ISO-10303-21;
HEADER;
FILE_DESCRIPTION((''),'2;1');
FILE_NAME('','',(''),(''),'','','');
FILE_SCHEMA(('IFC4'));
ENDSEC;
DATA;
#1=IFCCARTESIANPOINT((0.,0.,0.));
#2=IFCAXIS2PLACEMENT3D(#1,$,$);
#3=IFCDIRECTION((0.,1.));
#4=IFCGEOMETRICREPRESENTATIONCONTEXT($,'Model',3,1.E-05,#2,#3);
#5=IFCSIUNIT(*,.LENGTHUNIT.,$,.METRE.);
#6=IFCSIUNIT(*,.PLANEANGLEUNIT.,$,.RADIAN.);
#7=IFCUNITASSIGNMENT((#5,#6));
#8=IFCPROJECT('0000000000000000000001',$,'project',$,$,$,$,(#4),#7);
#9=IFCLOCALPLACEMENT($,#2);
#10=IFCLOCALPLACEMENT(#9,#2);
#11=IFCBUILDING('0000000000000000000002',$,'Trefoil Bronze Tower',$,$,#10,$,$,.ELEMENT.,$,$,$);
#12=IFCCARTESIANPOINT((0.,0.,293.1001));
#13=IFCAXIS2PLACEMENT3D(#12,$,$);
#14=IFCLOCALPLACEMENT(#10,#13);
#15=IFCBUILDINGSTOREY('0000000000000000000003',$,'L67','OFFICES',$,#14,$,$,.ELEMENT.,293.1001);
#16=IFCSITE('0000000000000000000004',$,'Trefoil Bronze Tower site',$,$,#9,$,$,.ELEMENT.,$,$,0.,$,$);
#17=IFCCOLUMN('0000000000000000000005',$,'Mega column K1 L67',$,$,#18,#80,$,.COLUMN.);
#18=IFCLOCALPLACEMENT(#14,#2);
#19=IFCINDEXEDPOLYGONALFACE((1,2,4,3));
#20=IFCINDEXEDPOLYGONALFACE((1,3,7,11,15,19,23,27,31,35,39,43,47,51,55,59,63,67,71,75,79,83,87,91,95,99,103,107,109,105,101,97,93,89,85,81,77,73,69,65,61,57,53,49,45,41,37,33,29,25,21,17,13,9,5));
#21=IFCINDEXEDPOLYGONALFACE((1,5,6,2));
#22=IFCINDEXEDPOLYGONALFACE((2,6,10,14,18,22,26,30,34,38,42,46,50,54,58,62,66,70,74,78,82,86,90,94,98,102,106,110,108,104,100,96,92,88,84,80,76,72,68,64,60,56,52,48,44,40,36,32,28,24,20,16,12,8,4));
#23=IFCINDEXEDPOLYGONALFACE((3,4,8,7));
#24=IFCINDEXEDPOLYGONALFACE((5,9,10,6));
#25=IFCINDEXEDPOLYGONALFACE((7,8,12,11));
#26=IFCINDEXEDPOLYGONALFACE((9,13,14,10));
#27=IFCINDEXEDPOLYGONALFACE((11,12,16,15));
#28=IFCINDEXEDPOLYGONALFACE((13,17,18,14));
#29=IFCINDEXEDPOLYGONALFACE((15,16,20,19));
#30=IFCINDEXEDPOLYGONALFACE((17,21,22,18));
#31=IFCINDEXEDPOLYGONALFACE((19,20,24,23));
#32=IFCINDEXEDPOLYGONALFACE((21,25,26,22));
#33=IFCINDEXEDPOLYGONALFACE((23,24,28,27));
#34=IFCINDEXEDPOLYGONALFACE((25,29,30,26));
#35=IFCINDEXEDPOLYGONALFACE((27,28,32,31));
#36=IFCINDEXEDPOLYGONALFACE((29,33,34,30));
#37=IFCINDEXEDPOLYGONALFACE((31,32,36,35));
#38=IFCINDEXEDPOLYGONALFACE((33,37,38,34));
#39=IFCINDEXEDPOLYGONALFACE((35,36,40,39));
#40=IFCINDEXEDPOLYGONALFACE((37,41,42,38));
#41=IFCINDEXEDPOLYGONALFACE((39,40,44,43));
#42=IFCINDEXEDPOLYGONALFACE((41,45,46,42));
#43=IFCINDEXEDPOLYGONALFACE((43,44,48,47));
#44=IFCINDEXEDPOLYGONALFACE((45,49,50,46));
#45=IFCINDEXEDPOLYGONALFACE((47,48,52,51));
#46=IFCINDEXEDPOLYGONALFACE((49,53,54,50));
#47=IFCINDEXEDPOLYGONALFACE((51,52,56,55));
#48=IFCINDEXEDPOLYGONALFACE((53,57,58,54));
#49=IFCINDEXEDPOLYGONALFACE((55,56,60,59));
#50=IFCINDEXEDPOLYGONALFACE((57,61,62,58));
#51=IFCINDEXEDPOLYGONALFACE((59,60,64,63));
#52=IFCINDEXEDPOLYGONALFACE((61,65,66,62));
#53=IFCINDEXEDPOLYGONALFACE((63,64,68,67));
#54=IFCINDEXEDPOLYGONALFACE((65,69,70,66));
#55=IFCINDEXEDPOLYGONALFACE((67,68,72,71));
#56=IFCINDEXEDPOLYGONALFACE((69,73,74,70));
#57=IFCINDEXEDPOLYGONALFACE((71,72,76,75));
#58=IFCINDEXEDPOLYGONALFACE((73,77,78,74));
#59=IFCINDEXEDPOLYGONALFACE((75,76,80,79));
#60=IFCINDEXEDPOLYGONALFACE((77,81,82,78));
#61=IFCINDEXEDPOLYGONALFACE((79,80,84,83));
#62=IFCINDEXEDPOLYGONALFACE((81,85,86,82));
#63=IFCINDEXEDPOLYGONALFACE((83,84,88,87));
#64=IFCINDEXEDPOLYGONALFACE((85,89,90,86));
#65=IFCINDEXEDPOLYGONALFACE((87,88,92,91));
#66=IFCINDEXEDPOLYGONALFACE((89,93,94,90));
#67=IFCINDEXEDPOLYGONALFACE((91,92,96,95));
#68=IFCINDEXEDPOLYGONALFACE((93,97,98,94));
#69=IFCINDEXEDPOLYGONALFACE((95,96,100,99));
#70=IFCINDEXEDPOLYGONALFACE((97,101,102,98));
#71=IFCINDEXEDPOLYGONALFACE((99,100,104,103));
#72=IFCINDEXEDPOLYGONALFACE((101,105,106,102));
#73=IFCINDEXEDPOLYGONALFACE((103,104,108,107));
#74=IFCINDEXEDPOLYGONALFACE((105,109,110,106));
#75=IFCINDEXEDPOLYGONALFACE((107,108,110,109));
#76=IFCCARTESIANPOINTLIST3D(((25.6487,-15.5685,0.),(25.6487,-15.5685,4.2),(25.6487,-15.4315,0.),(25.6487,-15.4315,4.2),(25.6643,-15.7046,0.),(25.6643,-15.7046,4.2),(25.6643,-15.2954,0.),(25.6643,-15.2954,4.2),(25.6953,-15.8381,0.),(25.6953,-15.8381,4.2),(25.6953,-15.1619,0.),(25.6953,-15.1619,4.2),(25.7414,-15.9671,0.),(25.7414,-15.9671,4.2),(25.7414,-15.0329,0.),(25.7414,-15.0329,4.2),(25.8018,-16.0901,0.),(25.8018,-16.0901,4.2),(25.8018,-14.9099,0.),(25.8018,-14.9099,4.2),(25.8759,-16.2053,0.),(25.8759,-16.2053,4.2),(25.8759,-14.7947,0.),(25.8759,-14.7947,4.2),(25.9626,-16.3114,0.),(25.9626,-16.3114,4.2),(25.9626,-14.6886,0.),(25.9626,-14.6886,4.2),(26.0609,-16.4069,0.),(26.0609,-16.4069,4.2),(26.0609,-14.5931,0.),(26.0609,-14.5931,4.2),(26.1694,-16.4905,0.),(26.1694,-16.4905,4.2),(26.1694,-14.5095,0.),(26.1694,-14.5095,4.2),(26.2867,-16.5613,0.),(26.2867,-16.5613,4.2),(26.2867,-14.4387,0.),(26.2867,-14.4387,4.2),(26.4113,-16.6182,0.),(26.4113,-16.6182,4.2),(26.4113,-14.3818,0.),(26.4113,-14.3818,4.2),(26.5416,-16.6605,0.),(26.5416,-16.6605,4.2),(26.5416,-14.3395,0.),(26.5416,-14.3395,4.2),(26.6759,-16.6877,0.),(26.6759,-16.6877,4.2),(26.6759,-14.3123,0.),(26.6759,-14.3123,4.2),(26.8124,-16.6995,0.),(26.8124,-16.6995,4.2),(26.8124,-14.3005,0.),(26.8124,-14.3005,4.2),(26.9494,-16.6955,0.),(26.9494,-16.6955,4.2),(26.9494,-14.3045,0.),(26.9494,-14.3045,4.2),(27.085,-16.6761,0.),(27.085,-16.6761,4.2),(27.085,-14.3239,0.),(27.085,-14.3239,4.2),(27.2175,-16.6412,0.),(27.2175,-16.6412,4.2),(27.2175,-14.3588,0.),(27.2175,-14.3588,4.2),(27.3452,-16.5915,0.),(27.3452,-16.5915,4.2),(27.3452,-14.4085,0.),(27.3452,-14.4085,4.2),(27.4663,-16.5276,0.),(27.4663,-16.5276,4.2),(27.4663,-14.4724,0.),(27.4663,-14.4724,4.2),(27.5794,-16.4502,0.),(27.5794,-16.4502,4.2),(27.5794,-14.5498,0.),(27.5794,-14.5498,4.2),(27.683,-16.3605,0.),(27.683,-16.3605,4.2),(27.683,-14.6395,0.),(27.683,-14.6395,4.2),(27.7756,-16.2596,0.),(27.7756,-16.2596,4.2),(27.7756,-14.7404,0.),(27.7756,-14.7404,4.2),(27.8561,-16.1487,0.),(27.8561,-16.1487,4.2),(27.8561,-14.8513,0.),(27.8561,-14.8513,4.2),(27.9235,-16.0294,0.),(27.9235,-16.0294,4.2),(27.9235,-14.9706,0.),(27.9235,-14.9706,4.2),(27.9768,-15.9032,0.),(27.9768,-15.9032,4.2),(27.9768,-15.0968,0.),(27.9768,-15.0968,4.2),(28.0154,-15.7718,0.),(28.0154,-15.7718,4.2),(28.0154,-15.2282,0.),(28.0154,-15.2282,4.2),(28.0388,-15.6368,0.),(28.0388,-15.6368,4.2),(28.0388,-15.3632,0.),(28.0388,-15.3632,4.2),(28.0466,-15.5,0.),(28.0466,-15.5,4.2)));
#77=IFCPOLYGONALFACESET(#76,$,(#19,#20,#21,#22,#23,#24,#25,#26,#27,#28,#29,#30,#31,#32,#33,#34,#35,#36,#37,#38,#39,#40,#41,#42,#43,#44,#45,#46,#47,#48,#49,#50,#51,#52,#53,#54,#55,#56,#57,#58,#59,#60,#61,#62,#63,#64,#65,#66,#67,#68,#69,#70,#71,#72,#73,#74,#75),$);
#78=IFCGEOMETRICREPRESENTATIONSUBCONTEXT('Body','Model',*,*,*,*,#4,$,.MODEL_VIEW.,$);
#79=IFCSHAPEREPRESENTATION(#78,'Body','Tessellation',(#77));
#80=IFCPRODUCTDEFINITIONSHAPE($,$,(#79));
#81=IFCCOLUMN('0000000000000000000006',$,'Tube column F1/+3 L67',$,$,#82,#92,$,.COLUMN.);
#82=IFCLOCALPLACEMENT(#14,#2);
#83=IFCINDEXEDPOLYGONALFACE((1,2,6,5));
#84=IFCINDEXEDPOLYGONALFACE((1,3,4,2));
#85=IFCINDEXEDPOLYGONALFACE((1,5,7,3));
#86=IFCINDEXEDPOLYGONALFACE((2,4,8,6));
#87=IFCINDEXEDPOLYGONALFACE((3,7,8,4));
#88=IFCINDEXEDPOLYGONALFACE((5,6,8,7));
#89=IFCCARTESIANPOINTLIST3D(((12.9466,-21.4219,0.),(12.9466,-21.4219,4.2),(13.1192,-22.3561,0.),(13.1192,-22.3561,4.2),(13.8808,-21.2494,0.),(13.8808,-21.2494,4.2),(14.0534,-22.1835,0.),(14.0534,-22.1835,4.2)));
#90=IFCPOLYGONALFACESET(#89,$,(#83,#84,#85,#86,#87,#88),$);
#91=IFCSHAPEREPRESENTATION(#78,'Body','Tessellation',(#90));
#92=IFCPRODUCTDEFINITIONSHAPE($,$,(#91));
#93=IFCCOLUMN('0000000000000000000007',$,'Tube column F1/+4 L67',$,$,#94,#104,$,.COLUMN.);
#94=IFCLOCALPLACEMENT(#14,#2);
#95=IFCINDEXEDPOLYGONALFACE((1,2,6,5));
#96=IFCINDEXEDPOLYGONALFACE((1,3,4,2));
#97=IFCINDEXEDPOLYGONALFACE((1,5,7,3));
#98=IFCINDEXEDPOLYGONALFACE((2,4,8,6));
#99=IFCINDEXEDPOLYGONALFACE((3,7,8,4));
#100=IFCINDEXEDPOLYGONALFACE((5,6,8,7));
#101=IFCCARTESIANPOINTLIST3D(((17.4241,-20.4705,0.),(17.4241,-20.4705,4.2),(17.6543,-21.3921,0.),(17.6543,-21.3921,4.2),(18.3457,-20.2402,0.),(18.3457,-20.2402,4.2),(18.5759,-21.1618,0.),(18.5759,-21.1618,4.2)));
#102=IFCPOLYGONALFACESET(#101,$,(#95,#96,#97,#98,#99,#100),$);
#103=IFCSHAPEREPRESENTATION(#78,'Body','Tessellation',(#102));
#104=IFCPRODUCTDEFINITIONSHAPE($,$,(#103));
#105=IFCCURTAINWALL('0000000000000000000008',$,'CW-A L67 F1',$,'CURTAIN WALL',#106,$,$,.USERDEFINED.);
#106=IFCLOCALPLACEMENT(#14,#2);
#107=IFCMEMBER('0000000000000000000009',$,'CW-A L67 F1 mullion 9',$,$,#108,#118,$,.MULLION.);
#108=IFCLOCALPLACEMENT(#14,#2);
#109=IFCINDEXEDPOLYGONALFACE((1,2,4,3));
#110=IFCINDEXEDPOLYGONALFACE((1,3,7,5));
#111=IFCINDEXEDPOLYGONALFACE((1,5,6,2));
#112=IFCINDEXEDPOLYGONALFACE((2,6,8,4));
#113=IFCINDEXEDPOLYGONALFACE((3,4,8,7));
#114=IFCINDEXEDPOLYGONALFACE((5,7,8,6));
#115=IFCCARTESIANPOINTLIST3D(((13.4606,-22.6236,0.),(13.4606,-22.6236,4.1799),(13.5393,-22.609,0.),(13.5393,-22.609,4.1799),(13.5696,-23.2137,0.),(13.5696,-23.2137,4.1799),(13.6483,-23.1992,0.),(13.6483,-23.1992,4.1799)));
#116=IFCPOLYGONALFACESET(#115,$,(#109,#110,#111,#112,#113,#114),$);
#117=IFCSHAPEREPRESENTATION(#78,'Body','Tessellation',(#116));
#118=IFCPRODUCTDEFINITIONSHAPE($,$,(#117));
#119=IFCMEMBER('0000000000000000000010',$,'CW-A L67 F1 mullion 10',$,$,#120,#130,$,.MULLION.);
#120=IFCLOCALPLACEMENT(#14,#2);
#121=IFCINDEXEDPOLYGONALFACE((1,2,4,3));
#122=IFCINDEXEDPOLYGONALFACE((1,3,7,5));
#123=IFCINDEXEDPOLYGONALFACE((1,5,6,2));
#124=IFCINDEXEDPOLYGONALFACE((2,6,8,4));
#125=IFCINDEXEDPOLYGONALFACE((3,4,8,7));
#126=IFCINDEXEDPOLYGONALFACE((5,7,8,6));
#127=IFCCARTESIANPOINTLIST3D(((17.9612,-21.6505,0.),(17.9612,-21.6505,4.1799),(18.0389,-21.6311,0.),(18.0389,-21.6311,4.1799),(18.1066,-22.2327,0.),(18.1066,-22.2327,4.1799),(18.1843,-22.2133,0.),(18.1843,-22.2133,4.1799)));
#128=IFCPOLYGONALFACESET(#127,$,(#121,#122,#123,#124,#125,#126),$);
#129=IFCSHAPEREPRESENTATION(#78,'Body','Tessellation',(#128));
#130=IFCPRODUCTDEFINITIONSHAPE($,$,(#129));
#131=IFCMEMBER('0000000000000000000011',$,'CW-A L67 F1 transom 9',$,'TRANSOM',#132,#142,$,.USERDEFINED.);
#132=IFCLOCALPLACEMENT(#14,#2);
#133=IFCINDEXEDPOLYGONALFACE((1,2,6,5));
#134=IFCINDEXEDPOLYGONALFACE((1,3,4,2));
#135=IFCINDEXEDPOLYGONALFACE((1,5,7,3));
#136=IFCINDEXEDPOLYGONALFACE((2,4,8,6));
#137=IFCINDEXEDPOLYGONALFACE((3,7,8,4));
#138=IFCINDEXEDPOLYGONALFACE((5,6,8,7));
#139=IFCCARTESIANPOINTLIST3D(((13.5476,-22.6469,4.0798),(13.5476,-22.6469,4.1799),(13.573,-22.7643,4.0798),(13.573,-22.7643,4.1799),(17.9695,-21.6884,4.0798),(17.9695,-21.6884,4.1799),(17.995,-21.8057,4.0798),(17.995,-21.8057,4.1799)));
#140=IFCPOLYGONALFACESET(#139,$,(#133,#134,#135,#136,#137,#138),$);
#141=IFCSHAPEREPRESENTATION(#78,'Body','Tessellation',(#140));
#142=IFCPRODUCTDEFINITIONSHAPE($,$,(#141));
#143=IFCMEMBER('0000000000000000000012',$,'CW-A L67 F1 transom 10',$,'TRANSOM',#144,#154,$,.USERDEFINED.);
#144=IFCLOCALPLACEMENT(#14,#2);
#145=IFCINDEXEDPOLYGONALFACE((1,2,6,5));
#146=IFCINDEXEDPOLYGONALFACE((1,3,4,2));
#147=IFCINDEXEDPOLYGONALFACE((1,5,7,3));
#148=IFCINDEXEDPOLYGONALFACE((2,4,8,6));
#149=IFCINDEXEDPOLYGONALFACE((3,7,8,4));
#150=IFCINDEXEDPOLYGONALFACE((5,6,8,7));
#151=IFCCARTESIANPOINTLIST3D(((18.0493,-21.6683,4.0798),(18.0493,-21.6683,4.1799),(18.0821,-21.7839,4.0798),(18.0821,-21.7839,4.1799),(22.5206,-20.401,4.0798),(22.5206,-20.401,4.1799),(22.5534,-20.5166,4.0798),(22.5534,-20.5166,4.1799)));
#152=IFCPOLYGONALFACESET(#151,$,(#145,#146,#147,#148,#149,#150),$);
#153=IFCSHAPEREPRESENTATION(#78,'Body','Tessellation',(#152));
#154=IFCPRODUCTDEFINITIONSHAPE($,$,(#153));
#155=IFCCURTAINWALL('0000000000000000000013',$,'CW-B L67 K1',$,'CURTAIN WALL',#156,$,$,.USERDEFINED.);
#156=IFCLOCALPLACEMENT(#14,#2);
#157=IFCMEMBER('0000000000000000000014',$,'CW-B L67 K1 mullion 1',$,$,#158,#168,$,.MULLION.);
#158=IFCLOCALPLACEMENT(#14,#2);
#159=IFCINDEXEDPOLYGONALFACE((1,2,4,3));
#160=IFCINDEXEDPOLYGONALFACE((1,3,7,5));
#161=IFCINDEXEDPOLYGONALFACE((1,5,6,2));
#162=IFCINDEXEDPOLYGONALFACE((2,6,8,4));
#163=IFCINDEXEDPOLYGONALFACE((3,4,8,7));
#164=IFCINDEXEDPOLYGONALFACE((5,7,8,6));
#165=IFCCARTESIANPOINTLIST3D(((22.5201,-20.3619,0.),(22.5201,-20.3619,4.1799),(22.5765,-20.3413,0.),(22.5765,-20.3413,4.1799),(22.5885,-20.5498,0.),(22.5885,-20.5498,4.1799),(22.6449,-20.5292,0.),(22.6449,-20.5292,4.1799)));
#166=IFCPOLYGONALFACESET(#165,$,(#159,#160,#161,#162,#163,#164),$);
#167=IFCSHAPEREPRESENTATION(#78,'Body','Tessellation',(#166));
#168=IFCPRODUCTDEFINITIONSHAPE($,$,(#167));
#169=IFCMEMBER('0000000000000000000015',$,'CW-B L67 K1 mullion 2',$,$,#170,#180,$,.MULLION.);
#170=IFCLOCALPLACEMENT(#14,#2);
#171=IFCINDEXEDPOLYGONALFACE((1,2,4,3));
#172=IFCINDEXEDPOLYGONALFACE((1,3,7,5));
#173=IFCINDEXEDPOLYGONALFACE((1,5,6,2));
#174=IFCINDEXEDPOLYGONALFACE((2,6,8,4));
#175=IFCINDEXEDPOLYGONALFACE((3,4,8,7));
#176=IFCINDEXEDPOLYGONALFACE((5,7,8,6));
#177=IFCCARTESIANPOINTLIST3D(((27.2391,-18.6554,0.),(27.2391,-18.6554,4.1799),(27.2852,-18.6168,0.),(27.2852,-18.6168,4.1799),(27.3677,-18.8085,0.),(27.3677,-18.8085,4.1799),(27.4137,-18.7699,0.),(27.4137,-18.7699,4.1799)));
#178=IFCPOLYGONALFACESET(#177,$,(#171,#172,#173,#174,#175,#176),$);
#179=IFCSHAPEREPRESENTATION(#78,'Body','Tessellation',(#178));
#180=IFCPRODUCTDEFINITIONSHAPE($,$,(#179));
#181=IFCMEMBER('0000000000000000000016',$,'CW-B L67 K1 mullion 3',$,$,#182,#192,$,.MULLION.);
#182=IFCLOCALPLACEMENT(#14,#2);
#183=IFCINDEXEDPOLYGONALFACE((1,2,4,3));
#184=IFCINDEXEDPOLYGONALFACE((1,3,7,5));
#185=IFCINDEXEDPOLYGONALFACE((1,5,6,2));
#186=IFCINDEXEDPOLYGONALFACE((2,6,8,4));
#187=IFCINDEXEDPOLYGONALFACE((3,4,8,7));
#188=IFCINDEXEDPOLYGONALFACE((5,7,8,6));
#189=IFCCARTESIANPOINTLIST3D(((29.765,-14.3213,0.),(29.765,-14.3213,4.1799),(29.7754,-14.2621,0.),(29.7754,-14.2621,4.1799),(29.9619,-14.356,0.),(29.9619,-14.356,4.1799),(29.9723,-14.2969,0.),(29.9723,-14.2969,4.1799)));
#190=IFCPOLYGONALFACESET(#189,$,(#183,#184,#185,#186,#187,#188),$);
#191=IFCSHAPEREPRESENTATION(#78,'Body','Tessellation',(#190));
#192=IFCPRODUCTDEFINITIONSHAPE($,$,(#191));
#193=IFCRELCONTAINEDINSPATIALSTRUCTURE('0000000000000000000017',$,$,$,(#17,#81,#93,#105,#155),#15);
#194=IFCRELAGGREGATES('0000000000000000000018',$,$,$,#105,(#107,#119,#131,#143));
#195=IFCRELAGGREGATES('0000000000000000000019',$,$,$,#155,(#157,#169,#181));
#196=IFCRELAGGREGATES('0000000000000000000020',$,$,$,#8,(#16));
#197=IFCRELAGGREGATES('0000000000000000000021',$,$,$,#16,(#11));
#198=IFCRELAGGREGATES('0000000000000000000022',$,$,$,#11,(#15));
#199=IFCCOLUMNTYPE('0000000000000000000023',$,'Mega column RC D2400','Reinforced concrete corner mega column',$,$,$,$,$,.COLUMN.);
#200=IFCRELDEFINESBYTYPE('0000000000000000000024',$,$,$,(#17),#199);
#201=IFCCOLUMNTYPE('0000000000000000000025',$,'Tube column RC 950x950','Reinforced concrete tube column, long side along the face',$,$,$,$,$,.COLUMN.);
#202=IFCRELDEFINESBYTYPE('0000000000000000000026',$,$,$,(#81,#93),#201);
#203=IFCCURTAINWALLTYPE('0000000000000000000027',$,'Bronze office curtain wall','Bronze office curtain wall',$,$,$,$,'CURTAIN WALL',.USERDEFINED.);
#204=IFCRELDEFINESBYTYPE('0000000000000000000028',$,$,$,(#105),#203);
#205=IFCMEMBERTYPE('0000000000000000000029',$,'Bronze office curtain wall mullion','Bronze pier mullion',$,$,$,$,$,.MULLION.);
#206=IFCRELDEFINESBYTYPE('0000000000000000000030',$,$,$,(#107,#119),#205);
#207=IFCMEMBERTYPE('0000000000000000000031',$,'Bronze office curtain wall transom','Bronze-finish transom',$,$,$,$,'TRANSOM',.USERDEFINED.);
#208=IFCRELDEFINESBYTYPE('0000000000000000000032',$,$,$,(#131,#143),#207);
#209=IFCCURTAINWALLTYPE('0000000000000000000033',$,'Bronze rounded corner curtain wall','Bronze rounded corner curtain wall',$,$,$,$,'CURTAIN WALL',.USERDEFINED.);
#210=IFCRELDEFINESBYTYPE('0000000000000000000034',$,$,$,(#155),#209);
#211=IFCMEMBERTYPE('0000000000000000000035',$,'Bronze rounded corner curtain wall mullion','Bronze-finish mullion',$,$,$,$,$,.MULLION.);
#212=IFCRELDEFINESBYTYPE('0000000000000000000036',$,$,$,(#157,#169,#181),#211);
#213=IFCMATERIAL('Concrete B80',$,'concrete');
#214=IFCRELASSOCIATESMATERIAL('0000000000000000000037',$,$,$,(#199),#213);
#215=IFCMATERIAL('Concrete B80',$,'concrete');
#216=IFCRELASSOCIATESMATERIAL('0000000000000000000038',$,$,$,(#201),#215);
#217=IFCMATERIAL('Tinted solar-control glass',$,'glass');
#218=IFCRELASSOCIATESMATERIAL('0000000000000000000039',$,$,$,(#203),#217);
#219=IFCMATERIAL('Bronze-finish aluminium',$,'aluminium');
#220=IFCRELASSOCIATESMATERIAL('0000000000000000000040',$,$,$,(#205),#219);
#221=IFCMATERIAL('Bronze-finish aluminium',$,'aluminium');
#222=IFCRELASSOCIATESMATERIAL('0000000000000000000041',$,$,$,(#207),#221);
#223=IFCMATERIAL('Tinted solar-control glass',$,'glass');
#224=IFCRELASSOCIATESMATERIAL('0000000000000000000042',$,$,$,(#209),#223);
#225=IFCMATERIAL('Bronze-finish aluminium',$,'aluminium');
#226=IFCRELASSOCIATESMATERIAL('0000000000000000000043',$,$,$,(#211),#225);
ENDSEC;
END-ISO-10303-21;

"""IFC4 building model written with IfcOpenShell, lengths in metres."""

from ifc_helpers import new_model, si_unit, direction, frame, origin, origin_2d, place, context, subcontext, project, spatial, rectangle, circle, extrude, material, material_profile, profile_set, type_object, element, aggregate, save


model = new_model("IFC4")

# Units and contexts
model_context = context("Model", 3, precision=1e-05, world=origin(), true_north=direction((0.0, 1.0)))
body_context = subcontext(model_context, "Body", "Model", "MODEL_VIEW")
ifc_project = project(units=[si_unit("LENGTHUNIT", "METRE"), si_unit("PLANEANGLEUNIT", "RADIAN")], contexts=[model_context])

# Site, building, storey
site_placement = place(None, origin())
site = spatial("IfcSite", under=ifc_project, at=site_placement, Name="Trefoil Bronze Tower site", CompositionType="ELEMENT", RefElevation=0.0)
building_placement = place(site_placement, origin())
building = spatial("IfcBuilding", under=site, at=building_placement, Name="Trefoil Bronze Tower", CompositionType="ELEMENT")
storey_placement = place(building_placement, frame((0.0, 0.0, 293.1001)))
storey = spatial("IfcBuildingStorey", under=building, at=storey_placement, Name="L67", Description="OFFICES", CompositionType="ELEMENT", Elevation=293.1001)

# Columns
ifc_material_1 = material(Name="Concrete B80", Category="concrete")
ifc_material_profile_1 = material_profile(ifc_material_1, circle(Radius=1.2, at=origin_2d()), Name="RC D2400")
ifc_profile_set_1 = profile_set([ifc_material_profile_1], Name="Concrete B80")
column_type_1 = type_object("IfcColumnType", Name="Mega column RC D2400", Description="Reinforced concrete corner mega column", PredefinedType="COLUMN", material=ifc_profile_set_1)
column_placement = place(storey_placement, frame((26.8467, -15.5, 0.0), z_axis=(0.0, 0.0, 1.0), x_axis=(1.0, 0.0, 0.0)))
element("IfcColumn", 1, at=column_placement, inside=storey, type_object=column_type_1, Name="Mega column K1 L67", PredefinedType="COLUMN", context=body_context, shape_type="SweptSolid", body=[
    extrude(circle(Radius=1.2, at=origin_2d()), origin(), (0.0, 0.0, 1.0), 4.2),
])
ifc_material_2 = material(Name="Concrete B80", Category="concrete")
ifc_material_profile_2 = material_profile(ifc_material_2, rectangle(XDim=0.95, YDim=0.95, at=origin_2d()), Name="RC 950x950")
ifc_profile_set_2 = profile_set([ifc_material_profile_2], Name="Concrete B80")
column_type_2 = type_object("IfcColumnType", Name="Tube column RC 950x950", Description="Reinforced concrete tube column, long side along the face", PredefinedType="COLUMN", material=ifc_profile_set_2)
for number, where, z_axis, x_axis, name in (
    (2, (13.5, -21.8027, 0.0), (0.0, 0.0, 1.0), (0.98336, 0.181667, 0.0), "Tube column F1/+3 L67"),
    (3, (18.0, -20.8162, 0.0), (0.0, 0.0, 1.0), (0.970178, 0.242394, 0.0), "Tube column F1/+4 L67"),
):
    element("IfcColumn", number, at=place(storey_placement, frame(where, z_axis=z_axis, x_axis=x_axis)), inside=storey, type_object=column_type_2, Name=name, PredefinedType="COLUMN", context=body_context, shape_type="SweptSolid", body=[
        extrude(rectangle(XDim=0.95, YDim=0.95, at=origin_2d()), origin(), (0.0, 0.0, 1.0), 4.2),
    ])

# Curtain walls, members
ifc_material_3 = material(Name="Tinted solar-control glass", Category="glass")
curtain_wall_type_1 = type_object("IfcCurtainWallType", Name="Bronze office curtain wall", Description="Bronze office curtain wall", ElementType="CURTAIN WALL", PredefinedType="USERDEFINED", material=ifc_material_3)
curtain_wall_1_placement = place(storey_placement, origin())
curtain_wall_1 = element("IfcCurtainWall", 4, at=curtain_wall_1_placement, inside=storey, type_object=curtain_wall_type_1, Name="CW-A L67 F1", ObjectType="CURTAIN WALL", PredefinedType="USERDEFINED")
ifc_material_4 = material(Name="Bronze-finish aluminium", Category="aluminium")
ifc_material_profile_3 = material_profile(ifc_material_4, rectangle(XDim=0.6001, YDim=0.0801, at=origin_2d()), Name="CW-A mullion")
ifc_profile_set_3 = profile_set([ifc_material_profile_3], Name="Bronze-finish aluminium")
member_type_1 = type_object("IfcMemberType", Name="Bronze office curtain wall mullion", Description="Bronze pier mullion", PredefinedType="MULLION", material=ifc_profile_set_3)
member_1_placement = place(storey_placement, frame((13.5544, -22.9114, 0.0), z_axis=(0.0, 0.0, 1.0), x_axis=(-0.181667, 0.98336, 0.0)))
member_1 = element("IfcMember", 5, at=member_1_placement, type_object=member_type_1, Name="CW-A L67 F1 mullion 9", PredefinedType="MULLION", context=body_context, shape_type="SweptSolid", body=[
    extrude(rectangle(XDim=0.6001, YDim=0.0801, at=origin_2d()), origin(), (0.0, 0.0, 1.0), 4.1799),
])
member_2_placement = place(storey_placement, frame((18.0728, -21.9319, 0.0), z_axis=(0.0, 0.0, 1.0), x_axis=(-0.242394, 0.970178, 0.0)))
member_2 = element("IfcMember", 6, at=member_2_placement, type_object=member_type_1, Name="CW-A L67 F1 mullion 10", PredefinedType="MULLION", context=body_context, shape_type="SweptSolid", body=[
    extrude(rectangle(XDim=0.6001, YDim=0.0801, at=origin_2d()), origin(), (0.0, 0.0, 1.0), 4.1799),
])
ifc_material_5 = material(Name="Bronze-finish aluminium", Category="aluminium")
ifc_material_profile_4 = material_profile(ifc_material_5, rectangle(XDim=0.1201, YDim=0.1001, at=origin_2d()), Name="CW-A transom")
ifc_profile_set_4 = profile_set([ifc_material_profile_4], Name="Bronze-finish aluminium")
member_type_2 = type_object("IfcMemberType", Name="Bronze office curtain wall transom", Description="Bronze-finish transom", ElementType="TRANSOM", PredefinedType="USERDEFINED", material=ifc_profile_set_4)
member_3_placement = place(storey_placement, frame((13.5603, -22.7056, 4.1299), z_axis=(0.977304, 0.211843, 0.0), x_axis=(-0.211843, 0.977304, 0.0)))
member_3 = element("IfcMember", 7, at=member_3_placement, type_object=member_type_2, Name="CW-A L67 F1 transom 9", ObjectType="TRANSOM", PredefinedType="USERDEFINED", context=body_context, shape_type="SweptSolid", body=[
    extrude(rectangle(XDim=0.1201, YDim=0.1001, at=origin_2d()), origin(), (0.0, 0.0, 1.0), 4.5247),
])
member_4_placement = place(storey_placement, frame((18.0657, -21.7261, 4.1299), z_axis=(0.962103, 0.272688, 0.0), x_axis=(-0.272688, 0.962103, 0.0)))
member_4 = element("IfcMember", 8, at=member_4_placement, type_object=member_type_2, Name="CW-A L67 F1 transom 10", ObjectType="TRANSOM", PredefinedType="USERDEFINED", context=body_context, shape_type="SweptSolid", body=[
    extrude(rectangle(XDim=0.1201, YDim=0.1001, at=origin_2d()), origin(), (0.0, 0.0, 1.0), 4.6475),
])
ifc_material_6 = material(Name="Tinted solar-control glass", Category="glass")
curtain_wall_type_2 = type_object("IfcCurtainWallType", Name="Bronze rounded corner curtain wall", Description="Bronze rounded corner curtain wall", ElementType="CURTAIN WALL", PredefinedType="USERDEFINED", material=ifc_material_6)
curtain_wall_2_placement = place(storey_placement, origin())
curtain_wall_2 = element("IfcCurtainWall", 9, at=curtain_wall_2_placement, inside=storey, type_object=curtain_wall_type_2, Name="CW-B L67 K1", ObjectType="CURTAIN WALL", PredefinedType="USERDEFINED")
ifc_material_7 = material(Name="Bronze-finish aluminium", Category="aluminium")
ifc_material_profile_5 = material_profile(ifc_material_7, rectangle(XDim=0.2, YDim=0.0601, at=origin_2d()), Name="CW-B mullion")
ifc_profile_set_5 = profile_set([ifc_material_profile_5], Name="Bronze-finish aluminium")
member_type_3 = type_object("IfcMemberType", Name="Bronze rounded corner curtain wall mullion", Description="Bronze-finish mullion", PredefinedType="MULLION", material=ifc_profile_set_5)
member_5_placement = place(storey_placement, frame((22.5825, -20.4456, 0.0), z_axis=(0.0, 0.0, 1.0), x_axis=(-0.34202, 0.939693, 0.0)))
member_5 = element("IfcMember", 10, at=member_5_placement, type_object=member_type_3, Name="CW-B L67 K1 mullion 1", PredefinedType="MULLION", context=body_context, shape_type="SweptSolid", body=[
    extrude(rectangle(XDim=0.2, YDim=0.0601, at=origin_2d()), origin(), (0.0, 0.0, 1.0), 4.1799),
])
member_6_placement = place(storey_placement, frame((27.3264, -18.7126, 0.0), z_axis=(0.0, 0.0, 1.0), x_axis=(-0.642788, 0.766044, 0.0)))
member_6 = element("IfcMember", 11, at=member_6_placement, type_object=member_type_3, Name="CW-B L67 K1 mullion 2", PredefinedType="MULLION", context=body_context, shape_type="SweptSolid", body=[
    extrude(rectangle(XDim=0.2, YDim=0.0601, at=origin_2d()), origin(), (0.0, 0.0, 1.0), 4.1799),
])
member_7_placement = place(storey_placement, frame((29.8687, -14.3091, 0.0), z_axis=(0.0, 0.0, 1.0), x_axis=(-0.984808, 0.173648, 0.0)))
member_7 = element("IfcMember", 12, at=member_7_placement, type_object=member_type_3, Name="CW-B L67 K1 mullion 3", PredefinedType="MULLION", context=body_context, shape_type="SweptSolid", body=[
    extrude(rectangle(XDim=0.2, YDim=0.0601, at=origin_2d()), origin(), (0.0, 0.0, 1.0), 4.1799),
])

aggregate(curtain_wall_1, [member_1, member_2, member_3, member_4])
aggregate(curtain_wall_2, [member_5, member_6, member_7])

save(model, "model.ifc")
